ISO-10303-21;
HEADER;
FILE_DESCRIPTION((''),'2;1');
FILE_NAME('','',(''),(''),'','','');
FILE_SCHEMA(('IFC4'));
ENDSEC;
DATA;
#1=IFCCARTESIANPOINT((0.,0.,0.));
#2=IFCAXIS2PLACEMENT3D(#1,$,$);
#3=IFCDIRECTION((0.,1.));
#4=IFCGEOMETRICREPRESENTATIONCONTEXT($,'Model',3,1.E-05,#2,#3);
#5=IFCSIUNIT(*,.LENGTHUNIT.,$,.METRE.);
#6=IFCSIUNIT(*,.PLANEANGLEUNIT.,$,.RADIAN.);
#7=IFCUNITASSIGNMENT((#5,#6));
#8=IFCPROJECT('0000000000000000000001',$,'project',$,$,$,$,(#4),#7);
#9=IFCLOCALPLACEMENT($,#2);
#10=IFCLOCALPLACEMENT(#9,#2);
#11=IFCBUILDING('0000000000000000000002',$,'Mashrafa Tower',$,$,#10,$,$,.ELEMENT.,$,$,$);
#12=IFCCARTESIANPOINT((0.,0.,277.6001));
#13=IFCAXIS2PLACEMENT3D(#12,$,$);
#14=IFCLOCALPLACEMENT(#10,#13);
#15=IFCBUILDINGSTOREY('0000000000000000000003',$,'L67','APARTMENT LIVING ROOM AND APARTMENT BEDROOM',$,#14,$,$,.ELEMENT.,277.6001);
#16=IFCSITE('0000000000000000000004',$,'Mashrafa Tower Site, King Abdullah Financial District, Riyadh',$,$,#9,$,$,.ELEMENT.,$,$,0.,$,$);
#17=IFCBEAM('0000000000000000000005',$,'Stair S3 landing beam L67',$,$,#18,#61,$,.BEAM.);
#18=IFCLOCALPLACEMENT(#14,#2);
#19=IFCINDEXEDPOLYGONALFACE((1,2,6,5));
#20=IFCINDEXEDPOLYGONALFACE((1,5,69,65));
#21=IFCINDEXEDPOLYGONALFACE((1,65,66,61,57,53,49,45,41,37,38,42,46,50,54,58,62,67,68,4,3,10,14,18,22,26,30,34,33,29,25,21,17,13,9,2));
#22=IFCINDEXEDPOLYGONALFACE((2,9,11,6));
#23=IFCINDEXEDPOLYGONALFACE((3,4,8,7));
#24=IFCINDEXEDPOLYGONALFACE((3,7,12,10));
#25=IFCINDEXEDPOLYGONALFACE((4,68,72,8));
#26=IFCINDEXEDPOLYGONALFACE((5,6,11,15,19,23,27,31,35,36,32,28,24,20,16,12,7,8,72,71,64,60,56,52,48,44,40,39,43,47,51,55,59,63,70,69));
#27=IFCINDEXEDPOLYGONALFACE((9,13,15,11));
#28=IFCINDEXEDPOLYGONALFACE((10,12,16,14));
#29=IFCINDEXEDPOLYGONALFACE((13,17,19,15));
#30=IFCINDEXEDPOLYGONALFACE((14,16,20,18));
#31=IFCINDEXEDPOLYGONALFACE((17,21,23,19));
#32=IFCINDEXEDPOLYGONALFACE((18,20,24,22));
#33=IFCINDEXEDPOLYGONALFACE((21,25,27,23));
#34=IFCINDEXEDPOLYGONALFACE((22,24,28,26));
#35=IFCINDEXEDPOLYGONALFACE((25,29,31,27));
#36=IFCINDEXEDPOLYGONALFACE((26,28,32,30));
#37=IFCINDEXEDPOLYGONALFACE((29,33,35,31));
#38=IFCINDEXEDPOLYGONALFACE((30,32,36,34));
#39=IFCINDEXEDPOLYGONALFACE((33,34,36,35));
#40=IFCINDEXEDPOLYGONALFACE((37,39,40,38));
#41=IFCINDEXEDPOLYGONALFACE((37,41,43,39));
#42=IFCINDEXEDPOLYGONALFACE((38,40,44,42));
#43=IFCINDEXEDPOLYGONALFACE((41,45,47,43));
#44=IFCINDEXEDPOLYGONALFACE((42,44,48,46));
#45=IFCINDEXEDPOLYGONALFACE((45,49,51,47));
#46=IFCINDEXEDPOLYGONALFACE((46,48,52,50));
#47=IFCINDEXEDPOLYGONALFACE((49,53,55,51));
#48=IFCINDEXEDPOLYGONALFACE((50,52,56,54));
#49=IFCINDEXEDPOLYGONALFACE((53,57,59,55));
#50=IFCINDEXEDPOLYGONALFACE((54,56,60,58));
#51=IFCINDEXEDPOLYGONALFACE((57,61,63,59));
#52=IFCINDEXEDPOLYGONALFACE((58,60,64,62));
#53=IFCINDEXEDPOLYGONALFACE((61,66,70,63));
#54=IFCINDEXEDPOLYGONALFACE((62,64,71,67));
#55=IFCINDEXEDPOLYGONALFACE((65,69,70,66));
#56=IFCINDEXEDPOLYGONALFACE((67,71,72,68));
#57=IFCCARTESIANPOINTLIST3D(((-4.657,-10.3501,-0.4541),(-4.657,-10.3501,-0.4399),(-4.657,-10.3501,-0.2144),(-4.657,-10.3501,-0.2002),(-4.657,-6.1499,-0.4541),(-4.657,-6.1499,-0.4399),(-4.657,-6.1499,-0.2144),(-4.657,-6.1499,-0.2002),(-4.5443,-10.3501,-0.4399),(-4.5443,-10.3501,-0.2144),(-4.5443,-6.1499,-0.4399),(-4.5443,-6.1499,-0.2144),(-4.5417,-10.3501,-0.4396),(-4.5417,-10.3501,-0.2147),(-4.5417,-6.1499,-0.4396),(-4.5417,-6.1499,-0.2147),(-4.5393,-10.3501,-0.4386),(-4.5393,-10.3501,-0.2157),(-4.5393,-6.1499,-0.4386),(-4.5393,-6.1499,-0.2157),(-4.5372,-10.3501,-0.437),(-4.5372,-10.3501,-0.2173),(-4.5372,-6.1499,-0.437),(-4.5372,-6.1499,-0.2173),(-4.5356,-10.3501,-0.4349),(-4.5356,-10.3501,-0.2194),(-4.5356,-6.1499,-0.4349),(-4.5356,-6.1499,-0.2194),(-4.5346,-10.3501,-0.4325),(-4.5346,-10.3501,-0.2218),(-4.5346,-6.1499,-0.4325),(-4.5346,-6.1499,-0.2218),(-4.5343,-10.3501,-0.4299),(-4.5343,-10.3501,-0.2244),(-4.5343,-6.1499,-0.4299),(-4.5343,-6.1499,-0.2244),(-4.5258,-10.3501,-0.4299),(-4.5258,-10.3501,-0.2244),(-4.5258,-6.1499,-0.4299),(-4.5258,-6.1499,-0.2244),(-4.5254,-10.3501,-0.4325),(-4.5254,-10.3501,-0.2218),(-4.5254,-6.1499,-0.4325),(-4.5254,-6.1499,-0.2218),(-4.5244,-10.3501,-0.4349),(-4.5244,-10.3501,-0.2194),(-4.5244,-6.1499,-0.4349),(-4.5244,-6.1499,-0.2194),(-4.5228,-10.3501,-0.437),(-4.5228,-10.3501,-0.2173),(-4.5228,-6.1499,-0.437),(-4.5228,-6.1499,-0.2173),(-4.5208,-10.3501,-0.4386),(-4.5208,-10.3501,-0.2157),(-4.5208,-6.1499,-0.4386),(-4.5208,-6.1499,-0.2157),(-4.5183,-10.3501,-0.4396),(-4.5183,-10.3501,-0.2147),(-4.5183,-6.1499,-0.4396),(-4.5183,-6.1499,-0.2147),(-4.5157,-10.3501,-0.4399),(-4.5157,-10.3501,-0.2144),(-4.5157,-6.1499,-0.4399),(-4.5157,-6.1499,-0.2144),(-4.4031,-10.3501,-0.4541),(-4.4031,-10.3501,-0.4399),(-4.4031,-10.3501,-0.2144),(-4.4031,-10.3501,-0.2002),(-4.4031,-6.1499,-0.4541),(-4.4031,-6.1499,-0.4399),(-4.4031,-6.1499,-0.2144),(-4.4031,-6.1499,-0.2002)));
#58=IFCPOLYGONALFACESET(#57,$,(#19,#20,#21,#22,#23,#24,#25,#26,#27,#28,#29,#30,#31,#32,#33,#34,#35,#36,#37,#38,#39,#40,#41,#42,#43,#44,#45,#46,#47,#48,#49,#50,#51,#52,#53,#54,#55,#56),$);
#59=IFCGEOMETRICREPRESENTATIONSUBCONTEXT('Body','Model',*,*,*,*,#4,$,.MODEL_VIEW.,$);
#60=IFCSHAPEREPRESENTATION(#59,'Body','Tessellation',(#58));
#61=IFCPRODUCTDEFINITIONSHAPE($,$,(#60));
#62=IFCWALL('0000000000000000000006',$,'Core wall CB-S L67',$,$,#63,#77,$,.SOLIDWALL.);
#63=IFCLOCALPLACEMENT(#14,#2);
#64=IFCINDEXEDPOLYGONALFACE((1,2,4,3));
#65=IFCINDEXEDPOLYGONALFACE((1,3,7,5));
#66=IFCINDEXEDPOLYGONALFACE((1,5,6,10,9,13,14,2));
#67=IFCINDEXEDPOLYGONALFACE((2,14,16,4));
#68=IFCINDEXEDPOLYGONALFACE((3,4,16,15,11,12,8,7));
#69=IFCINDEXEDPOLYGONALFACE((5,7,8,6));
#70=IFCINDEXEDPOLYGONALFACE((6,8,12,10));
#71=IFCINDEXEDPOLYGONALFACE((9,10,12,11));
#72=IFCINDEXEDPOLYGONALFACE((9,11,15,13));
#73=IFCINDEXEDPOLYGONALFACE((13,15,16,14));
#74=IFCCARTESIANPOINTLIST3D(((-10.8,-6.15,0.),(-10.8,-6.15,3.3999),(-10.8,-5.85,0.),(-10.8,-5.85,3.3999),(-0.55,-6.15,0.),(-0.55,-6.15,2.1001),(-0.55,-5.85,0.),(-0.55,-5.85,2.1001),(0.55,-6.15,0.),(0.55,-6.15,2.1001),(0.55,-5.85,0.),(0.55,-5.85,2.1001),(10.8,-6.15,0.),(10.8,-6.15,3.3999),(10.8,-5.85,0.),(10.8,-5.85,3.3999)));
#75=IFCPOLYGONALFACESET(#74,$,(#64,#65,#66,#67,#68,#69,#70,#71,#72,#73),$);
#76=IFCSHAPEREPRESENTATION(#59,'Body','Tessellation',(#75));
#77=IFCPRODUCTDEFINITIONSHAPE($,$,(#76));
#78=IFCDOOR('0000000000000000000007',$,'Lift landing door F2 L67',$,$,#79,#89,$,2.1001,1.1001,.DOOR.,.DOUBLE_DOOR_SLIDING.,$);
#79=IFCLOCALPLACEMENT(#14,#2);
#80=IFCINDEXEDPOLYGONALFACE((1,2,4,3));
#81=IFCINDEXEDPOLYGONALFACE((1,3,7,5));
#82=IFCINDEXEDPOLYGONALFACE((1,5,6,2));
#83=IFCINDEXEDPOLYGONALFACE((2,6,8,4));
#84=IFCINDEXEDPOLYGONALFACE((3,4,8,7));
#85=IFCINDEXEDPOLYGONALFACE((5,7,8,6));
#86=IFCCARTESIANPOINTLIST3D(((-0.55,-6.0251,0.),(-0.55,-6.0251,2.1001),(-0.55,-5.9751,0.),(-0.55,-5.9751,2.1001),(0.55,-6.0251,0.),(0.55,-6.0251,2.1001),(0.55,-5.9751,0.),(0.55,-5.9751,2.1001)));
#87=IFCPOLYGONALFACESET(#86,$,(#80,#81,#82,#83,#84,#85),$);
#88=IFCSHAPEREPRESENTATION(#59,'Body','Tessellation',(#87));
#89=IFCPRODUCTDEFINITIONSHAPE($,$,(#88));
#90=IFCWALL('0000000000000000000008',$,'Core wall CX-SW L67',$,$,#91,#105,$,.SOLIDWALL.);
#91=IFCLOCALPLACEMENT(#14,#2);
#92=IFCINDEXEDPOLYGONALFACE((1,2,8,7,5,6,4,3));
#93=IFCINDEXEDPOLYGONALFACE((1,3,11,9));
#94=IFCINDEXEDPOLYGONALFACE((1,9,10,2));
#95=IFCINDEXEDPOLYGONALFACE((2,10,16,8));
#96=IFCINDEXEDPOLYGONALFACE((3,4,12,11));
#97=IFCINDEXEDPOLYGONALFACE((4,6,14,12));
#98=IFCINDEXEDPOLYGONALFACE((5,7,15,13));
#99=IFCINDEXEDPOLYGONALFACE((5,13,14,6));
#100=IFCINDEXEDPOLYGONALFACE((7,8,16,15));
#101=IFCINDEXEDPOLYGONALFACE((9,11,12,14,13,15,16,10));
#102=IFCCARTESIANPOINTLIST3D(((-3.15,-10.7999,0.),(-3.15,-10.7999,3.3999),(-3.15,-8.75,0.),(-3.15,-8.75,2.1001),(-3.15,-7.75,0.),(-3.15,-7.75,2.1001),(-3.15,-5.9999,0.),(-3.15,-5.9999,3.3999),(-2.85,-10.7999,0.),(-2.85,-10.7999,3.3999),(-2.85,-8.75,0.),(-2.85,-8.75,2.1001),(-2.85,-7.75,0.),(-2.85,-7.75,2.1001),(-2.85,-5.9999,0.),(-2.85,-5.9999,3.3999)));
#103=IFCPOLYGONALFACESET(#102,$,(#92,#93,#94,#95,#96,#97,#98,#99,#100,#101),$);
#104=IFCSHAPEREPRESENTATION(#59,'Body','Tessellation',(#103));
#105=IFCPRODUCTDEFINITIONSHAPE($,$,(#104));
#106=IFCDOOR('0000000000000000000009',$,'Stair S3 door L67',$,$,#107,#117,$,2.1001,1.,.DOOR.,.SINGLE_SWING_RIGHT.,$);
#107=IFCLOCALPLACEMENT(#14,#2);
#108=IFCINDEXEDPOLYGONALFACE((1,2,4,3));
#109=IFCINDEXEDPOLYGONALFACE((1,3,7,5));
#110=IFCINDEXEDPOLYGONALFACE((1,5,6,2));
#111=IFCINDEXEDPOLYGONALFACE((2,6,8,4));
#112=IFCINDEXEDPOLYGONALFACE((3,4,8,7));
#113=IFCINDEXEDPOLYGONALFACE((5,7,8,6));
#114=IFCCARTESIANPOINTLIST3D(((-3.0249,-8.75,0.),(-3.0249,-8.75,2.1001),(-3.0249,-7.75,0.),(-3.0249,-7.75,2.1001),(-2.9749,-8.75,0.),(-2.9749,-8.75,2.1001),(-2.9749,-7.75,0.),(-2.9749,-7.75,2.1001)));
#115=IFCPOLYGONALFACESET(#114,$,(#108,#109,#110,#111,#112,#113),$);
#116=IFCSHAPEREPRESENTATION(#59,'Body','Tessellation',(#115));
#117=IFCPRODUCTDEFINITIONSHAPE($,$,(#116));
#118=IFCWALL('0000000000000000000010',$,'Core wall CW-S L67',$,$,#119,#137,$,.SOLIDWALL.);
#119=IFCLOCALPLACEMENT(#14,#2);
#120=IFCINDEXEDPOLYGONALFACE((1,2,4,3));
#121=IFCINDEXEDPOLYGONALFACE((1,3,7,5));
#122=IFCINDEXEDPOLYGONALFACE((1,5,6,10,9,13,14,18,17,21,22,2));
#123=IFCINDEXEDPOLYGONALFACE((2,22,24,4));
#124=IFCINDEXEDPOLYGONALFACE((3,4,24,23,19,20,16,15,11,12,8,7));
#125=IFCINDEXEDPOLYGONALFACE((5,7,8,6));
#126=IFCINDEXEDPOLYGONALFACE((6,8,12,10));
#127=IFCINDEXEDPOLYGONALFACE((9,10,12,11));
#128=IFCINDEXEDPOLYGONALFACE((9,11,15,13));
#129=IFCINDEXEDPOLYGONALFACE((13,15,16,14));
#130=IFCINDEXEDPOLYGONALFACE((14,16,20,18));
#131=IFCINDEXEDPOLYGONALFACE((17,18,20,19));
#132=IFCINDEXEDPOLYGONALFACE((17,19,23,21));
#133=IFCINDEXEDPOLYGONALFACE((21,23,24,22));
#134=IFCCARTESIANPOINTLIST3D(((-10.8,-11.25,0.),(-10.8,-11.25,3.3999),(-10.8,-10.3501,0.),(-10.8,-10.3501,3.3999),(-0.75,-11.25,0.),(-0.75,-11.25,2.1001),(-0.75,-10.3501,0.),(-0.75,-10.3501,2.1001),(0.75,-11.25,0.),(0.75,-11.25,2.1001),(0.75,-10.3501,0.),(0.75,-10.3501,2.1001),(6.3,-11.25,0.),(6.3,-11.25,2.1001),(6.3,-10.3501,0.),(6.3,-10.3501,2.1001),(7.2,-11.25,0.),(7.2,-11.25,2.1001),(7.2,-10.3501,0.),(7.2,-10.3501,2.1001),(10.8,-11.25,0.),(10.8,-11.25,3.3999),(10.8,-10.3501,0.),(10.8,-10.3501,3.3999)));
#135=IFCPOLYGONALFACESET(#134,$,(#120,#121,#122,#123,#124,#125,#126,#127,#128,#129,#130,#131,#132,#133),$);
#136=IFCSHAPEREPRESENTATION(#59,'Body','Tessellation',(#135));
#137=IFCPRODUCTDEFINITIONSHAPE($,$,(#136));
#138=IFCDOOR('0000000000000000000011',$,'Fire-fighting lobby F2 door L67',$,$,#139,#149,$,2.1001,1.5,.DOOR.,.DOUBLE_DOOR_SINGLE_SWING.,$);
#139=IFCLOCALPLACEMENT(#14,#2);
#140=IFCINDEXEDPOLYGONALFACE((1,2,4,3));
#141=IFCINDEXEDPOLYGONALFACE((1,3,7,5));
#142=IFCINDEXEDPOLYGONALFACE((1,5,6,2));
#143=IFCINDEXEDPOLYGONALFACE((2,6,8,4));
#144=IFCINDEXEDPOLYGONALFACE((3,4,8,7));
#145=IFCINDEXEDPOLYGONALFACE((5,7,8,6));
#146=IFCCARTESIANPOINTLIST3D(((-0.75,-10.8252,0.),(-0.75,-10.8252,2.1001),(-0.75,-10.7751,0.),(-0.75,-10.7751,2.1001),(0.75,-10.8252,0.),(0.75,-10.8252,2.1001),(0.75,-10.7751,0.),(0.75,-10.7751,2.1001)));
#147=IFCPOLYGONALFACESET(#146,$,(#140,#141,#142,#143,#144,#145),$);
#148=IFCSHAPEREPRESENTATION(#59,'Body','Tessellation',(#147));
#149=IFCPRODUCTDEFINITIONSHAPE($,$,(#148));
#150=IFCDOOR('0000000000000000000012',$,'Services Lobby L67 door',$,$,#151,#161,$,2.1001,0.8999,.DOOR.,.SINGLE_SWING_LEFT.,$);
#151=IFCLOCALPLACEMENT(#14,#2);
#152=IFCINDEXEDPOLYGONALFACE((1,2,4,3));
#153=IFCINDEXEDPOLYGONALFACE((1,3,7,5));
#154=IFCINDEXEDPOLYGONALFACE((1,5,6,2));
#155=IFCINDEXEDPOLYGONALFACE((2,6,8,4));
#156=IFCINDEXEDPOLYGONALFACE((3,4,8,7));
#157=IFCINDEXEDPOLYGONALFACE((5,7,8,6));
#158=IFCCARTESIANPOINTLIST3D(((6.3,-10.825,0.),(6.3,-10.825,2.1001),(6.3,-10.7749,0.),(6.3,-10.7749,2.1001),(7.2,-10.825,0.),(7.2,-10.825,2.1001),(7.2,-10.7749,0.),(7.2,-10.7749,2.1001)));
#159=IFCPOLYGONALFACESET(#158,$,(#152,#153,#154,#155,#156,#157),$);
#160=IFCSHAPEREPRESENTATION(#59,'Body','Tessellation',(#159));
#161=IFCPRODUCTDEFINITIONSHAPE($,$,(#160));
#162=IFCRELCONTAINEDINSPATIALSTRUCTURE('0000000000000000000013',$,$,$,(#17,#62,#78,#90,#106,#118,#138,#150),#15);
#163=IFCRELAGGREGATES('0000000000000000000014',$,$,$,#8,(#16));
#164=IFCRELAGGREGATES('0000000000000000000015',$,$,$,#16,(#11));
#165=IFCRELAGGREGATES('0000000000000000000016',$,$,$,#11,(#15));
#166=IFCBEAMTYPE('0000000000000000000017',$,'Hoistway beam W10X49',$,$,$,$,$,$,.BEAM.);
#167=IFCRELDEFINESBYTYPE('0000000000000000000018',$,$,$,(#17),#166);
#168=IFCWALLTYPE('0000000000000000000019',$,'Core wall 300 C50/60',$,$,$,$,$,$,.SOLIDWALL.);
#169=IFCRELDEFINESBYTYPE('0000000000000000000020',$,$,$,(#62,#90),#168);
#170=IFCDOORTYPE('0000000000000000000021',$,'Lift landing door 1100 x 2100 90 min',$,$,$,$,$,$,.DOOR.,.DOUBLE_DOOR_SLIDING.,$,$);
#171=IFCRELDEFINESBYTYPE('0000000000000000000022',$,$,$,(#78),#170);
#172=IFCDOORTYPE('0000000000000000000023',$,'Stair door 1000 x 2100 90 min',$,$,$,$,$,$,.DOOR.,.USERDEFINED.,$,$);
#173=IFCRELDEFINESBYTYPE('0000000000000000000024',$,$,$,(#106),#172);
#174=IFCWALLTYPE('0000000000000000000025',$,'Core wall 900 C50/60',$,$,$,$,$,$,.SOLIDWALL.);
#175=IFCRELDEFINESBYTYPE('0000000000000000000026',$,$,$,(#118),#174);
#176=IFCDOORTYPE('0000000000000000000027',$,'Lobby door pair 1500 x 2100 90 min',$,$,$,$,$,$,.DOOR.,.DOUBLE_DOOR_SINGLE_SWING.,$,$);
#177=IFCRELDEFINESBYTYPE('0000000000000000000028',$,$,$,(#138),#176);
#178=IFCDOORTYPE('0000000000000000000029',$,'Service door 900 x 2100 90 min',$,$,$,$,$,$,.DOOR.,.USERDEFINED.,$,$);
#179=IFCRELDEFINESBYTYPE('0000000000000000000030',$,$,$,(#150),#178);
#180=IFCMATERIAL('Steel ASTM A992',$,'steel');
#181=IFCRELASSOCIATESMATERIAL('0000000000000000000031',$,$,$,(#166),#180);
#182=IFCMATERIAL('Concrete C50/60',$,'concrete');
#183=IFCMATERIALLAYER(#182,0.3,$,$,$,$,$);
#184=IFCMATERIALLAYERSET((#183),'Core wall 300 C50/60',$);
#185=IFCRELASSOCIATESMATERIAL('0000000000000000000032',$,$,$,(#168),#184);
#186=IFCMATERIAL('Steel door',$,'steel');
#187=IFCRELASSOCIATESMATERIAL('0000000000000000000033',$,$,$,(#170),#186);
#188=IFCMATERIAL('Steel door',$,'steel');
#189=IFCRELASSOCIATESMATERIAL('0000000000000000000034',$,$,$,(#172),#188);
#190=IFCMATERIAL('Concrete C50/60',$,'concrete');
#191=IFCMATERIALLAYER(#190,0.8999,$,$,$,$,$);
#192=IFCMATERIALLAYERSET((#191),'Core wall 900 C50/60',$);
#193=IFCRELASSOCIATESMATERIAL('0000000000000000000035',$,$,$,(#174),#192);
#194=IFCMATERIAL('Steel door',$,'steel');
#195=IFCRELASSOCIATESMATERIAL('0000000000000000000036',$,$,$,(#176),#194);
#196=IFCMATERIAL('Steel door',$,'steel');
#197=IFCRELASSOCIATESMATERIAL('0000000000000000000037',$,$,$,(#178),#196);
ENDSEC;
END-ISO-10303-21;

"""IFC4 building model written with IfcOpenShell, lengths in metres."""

from ifc_helpers import new_model, si_unit, direction, frame, frame_2d, origin, origin_2d, place, context, subcontext, project, spatial, rectangle, i_section, extrude, material, layer, layer_set, material_profile, profile_set, type_object, element, fill, save


model = new_model("IFC4")

# Units and contexts
model_context = context("Model", 3, precision=1e-05, world=origin(), true_north=direction((0.0, 1.0)))
body_context = subcontext(model_context, "Body", "Model", "MODEL_VIEW")
ifc_project = project(units=[si_unit("LENGTHUNIT", "METRE"), si_unit("PLANEANGLEUNIT", "RADIAN")], contexts=[model_context])

# Site, building, storey
site_placement = place(None, origin())
site = spatial("IfcSite", under=ifc_project, at=site_placement, Name="Mashrafa Tower Site, King Abdullah Financial District, Riyadh", CompositionType="ELEMENT", RefElevation=0.0)
building_placement = place(site_placement, origin())
building = spatial("IfcBuilding", under=site, at=building_placement, Name="Mashrafa Tower", CompositionType="ELEMENT")
storey_placement = place(building_placement, frame((0.0, 0.0, 277.6001)))
storey = spatial("IfcBuildingStorey", under=building, at=storey_placement, Name="L67", Description="APARTMENT LIVING ROOM AND APARTMENT BEDROOM", CompositionType="ELEMENT", Elevation=277.6001)

# Beam
ifc_material_1 = material(Name="Steel ASTM A992", Category="steel")
ifc_material_profile_1 = material_profile(ifc_material_1, i_section(OverallWidth=0.2539, OverallDepth=0.2539, WebThickness=0.0085, FlangeThickness=0.0142, FilletRadius=0.01, at=origin_2d()), Name="W10X49")
ifc_profile_set_1 = profile_set([ifc_material_profile_1], Name="Steel ASTM A992")
beam_type_1 = type_object("IfcBeamType", Name="Hoistway beam W10X49", PredefinedType="BEAM", material=ifc_profile_set_1)
beam_1_placement = place(storey_placement, frame((-4.53, -10.3501, -0.3271), z_axis=(0.0, 1.0, 0.0), x_axis=(-1.0, 0.0, 0.0)))
element("IfcBeam", 1, at=beam_1_placement, inside=storey, type_object=beam_type_1, Name="Stair S3 landing beam L67", PredefinedType="BEAM", context=body_context, shape_type="SweptSolid", body=[
    extrude(i_section(OverallWidth=0.2539, OverallDepth=0.2539, WebThickness=0.0085, FlangeThickness=0.0142, FilletRadius=0.01, at=origin_2d()), origin(), (0.0, 0.0, 1.0), 4.2002),
])

# Walls, openings, doors
ifc_material_2 = material(Name="Concrete C50/60", Category="concrete")
ifc_layer_1 = layer(ifc_material_2, 0.3)
ifc_layer_set_1 = layer_set([ifc_layer_1], Name="Core wall 300 C50/60")
wall_type_1 = type_object("IfcWallType", Name="Core wall 300 C50/60", PredefinedType="SOLIDWALL", material=ifc_layer_set_1)
wall_1_placement = place(storey_placement, frame((-10.8, -6.0, 0.0), z_axis=(0.0, 0.0, 1.0), x_axis=(1.0, 0.0, 0.0)))
wall_1 = element("IfcWall", 2, at=wall_1_placement, inside=storey, type_object=wall_type_1, Name="Core wall CB-S L67", PredefinedType="SOLIDWALL", context=body_context, shape_type="SweptSolid", body=[
    extrude(rectangle(XDim=21.6001, YDim=0.3, at=frame_2d((10.8, 0.0))), origin(), (0.0, 0.0, 1.0), 3.3999),
])
opening_1_placement = place(wall_1_placement, frame((10.25, 0.0, 0.0)))
opening_1 = element("IfcOpeningElement", 3, at=opening_1_placement, cuts=wall_1, PredefinedType="OPENING", context=body_context, shape_type="SweptSolid", body=[
    extrude(rectangle(XDim=1.1001, YDim=2.1001, at=frame_2d((0.55, 1.05))), frame((0.0, 0.1599, 0.0), z_axis=(0.0, -1.0, 0.0), x_axis=(1.0, 0.0, 0.0)), (0.0, 0.0, 1.0), 0.3201),
])
ifc_material_3 = material(Name="Steel door", Category="steel")
door_type_1 = type_object("IfcDoorType", Name="Lift landing door 1100 x 2100 90 min", OperationType="DOUBLE_DOOR_SLIDING", PredefinedType="DOOR", material=ifc_material_3)
door_1_placement = place(opening_1_placement, origin())
door_1 = element("IfcDoor", 4, at=door_1_placement, inside=storey, type_object=door_type_1, Name="Lift landing door F2 L67", OperationType="DOUBLE_DOOR_SLIDING", OverallHeight=2.1001, OverallWidth=1.1001, PredefinedType="DOOR", context=body_context, shape_type="SweptSolid", body=[
    extrude(rectangle(XDim=1.1001, YDim=2.1001, at=frame_2d((0.55, 1.05))), frame((0.0, 0.0249, 0.0), z_axis=(0.0, -1.0, 0.0), x_axis=(1.0, 0.0, 0.0)), (0.0, 0.0, 1.0), 0.05),
])
fill(opening_1, door_1)
wall_2_placement = place(storey_placement, frame((-3.0, -6.0, 0.0), z_axis=(0.0, 0.0, 1.0), x_axis=(0.0, -1.0, 0.0)))
wall_2 = element("IfcWall", 5, at=wall_2_placement, inside=storey, type_object=wall_type_1, Name="Core wall CX-SW L67", PredefinedType="SOLIDWALL", context=body_context, shape_type="SweptSolid", body=[
    extrude(rectangle(XDim=4.8, YDim=0.3, at=frame_2d((2.3999, 0.0))), origin(), (0.0, 0.0, 1.0), 3.3999),
])
opening_2_placement = place(wall_2_placement, frame((1.75, 0.0, 0.0)))
opening_2 = element("IfcOpeningElement", 6, at=opening_2_placement, cuts=wall_2, PredefinedType="OPENING", context=body_context, shape_type="SweptSolid", body=[
    extrude(rectangle(XDim=1.0, YDim=2.1001, at=frame_2d((0.5, 1.05))), frame((0.0, 0.1599, 0.0), z_axis=(0.0, -1.0, 0.0), x_axis=(1.0, 0.0, 0.0)), (0.0, 0.0, 1.0), 0.3201),
])
ifc_material_4 = material(Name="Steel door", Category="steel")
door_type_2 = type_object("IfcDoorType", Name="Stair door 1000 x 2100 90 min", OperationType="USERDEFINED", PredefinedType="DOOR", material=ifc_material_4)
door_2_placement = place(opening_2_placement, frame((1.0, 0.0, 0.0), z_axis=(0.0, 0.0, 1.0), x_axis=(-1.0, 0.0, 0.0)))
door_2 = element("IfcDoor", 7, at=door_2_placement, inside=storey, type_object=door_type_2, Name="Stair S3 door L67", OperationType="SINGLE_SWING_RIGHT", OverallHeight=2.1001, OverallWidth=1.0, PredefinedType="DOOR", context=body_context, shape_type="SweptSolid", body=[
    extrude(rectangle(XDim=1.0, YDim=2.1001, at=frame_2d((0.5, 1.05))), frame((0.0, 0.0249, 0.0), z_axis=(0.0, -1.0, 0.0), x_axis=(1.0, 0.0, 0.0)), (0.0, 0.0, 1.0), 0.05),
])
fill(opening_2, door_2)

# Wall, openings, doors
ifc_material_5 = material(Name="Concrete C50/60", Category="concrete")
ifc_layer_2 = layer(ifc_material_5, 0.8999)
ifc_layer_set_2 = layer_set([ifc_layer_2], Name="Core wall 900 C50/60")
wall_type_2 = type_object("IfcWallType", Name="Core wall 900 C50/60", PredefinedType="SOLIDWALL", material=ifc_layer_set_2)
wall_3_placement = place(storey_placement, frame((-10.8, -10.8, 0.0), z_axis=(0.0, 0.0, 1.0), x_axis=(1.0, 0.0, 0.0)))
wall_3 = element("IfcWall", 8, at=wall_3_placement, inside=storey, type_object=wall_type_2, Name="Core wall CW-S L67", PredefinedType="SOLIDWALL", context=body_context, shape_type="SweptSolid", body=[
    extrude(rectangle(XDim=21.6001, YDim=0.8999, at=frame_2d((10.8, 0.0))), origin(), (0.0, 0.0, 1.0), 3.3999),
])
opening_3_placement = place(wall_3_placement, frame((10.05, 0.0, 0.0)))
opening_3 = element("IfcOpeningElement", 9, at=opening_3_placement, cuts=wall_3, PredefinedType="OPENING", context=body_context, shape_type="SweptSolid", body=[
    extrude(rectangle(XDim=1.5, YDim=2.1001, at=frame_2d((0.75, 1.05))), frame((0.0, 0.46, 0.0), z_axis=(0.0, -1.0, 0.0), x_axis=(1.0, 0.0, 0.0)), (0.0, 0.0, 1.0), 0.9199),
])
opening_4_placement = place(wall_3_placement, frame((17.1001, 0.0, 0.0)))
opening_4 = element("IfcOpeningElement", 10, at=opening_4_placement, cuts=wall_3, PredefinedType="OPENING", context=body_context, shape_type="SweptSolid", body=[
    extrude(rectangle(XDim=0.8999, YDim=2.1001, at=frame_2d((0.45, 1.05))), frame((0.0, 0.46, 0.0), z_axis=(0.0, -1.0, 0.0), x_axis=(1.0, 0.0, 0.0)), (0.0, 0.0, 1.0), 0.9199),
])
ifc_material_6 = material(Name="Steel door", Category="steel")
door_type_3 = type_object("IfcDoorType", Name="Lobby door pair 1500 x 2100 90 min", OperationType="DOUBLE_DOOR_SINGLE_SWING", PredefinedType="DOOR", material=ifc_material_6)
door_3_placement = place(opening_3_placement, origin())
door_3 = element("IfcDoor", 11, at=door_3_placement, inside=storey, type_object=door_type_3, Name="Fire-fighting lobby F2 door L67", OperationType="DOUBLE_DOOR_SINGLE_SWING", OverallHeight=2.1001, OverallWidth=1.5, PredefinedType="DOOR", context=body_context, shape_type="SweptSolid", body=[
    extrude(rectangle(XDim=1.5, YDim=2.1001, at=frame_2d((0.75, 1.05))), frame((0.0, 0.0249, 0.0), z_axis=(0.0, -1.0, 0.0), x_axis=(1.0, 0.0, 0.0)), (0.0, 0.0, 1.0), 0.05),
])
fill(opening_3, door_3)
ifc_material_7 = material(Name="Steel door", Category="steel")
door_type_4 = type_object("IfcDoorType", Name="Service door 900 x 2100 90 min", OperationType="USERDEFINED", PredefinedType="DOOR", material=ifc_material_7)
door_4_placement = place(opening_4_placement, frame((0.8999, 0.0, 0.0), z_axis=(0.0, 0.0, 1.0), x_axis=(-1.0, 0.0, 0.0)))
door_4 = element("IfcDoor", 12, at=door_4_placement, inside=storey, type_object=door_type_4, Name="Services Lobby L67 door", OperationType="SINGLE_SWING_LEFT", OverallHeight=2.1001, OverallWidth=0.8999, PredefinedType="DOOR", context=body_context, shape_type="SweptSolid", body=[
    extrude(rectangle(XDim=0.8999, YDim=2.1001, at=frame_2d((0.45, 1.05))), frame((0.0, 0.0249, 0.0), z_axis=(0.0, -1.0, 0.0), x_axis=(1.0, 0.0, 0.0)), (0.0, 0.0, 1.0), 0.05),
])
fill(opening_4, door_4)

save(model, "model.ifc")
